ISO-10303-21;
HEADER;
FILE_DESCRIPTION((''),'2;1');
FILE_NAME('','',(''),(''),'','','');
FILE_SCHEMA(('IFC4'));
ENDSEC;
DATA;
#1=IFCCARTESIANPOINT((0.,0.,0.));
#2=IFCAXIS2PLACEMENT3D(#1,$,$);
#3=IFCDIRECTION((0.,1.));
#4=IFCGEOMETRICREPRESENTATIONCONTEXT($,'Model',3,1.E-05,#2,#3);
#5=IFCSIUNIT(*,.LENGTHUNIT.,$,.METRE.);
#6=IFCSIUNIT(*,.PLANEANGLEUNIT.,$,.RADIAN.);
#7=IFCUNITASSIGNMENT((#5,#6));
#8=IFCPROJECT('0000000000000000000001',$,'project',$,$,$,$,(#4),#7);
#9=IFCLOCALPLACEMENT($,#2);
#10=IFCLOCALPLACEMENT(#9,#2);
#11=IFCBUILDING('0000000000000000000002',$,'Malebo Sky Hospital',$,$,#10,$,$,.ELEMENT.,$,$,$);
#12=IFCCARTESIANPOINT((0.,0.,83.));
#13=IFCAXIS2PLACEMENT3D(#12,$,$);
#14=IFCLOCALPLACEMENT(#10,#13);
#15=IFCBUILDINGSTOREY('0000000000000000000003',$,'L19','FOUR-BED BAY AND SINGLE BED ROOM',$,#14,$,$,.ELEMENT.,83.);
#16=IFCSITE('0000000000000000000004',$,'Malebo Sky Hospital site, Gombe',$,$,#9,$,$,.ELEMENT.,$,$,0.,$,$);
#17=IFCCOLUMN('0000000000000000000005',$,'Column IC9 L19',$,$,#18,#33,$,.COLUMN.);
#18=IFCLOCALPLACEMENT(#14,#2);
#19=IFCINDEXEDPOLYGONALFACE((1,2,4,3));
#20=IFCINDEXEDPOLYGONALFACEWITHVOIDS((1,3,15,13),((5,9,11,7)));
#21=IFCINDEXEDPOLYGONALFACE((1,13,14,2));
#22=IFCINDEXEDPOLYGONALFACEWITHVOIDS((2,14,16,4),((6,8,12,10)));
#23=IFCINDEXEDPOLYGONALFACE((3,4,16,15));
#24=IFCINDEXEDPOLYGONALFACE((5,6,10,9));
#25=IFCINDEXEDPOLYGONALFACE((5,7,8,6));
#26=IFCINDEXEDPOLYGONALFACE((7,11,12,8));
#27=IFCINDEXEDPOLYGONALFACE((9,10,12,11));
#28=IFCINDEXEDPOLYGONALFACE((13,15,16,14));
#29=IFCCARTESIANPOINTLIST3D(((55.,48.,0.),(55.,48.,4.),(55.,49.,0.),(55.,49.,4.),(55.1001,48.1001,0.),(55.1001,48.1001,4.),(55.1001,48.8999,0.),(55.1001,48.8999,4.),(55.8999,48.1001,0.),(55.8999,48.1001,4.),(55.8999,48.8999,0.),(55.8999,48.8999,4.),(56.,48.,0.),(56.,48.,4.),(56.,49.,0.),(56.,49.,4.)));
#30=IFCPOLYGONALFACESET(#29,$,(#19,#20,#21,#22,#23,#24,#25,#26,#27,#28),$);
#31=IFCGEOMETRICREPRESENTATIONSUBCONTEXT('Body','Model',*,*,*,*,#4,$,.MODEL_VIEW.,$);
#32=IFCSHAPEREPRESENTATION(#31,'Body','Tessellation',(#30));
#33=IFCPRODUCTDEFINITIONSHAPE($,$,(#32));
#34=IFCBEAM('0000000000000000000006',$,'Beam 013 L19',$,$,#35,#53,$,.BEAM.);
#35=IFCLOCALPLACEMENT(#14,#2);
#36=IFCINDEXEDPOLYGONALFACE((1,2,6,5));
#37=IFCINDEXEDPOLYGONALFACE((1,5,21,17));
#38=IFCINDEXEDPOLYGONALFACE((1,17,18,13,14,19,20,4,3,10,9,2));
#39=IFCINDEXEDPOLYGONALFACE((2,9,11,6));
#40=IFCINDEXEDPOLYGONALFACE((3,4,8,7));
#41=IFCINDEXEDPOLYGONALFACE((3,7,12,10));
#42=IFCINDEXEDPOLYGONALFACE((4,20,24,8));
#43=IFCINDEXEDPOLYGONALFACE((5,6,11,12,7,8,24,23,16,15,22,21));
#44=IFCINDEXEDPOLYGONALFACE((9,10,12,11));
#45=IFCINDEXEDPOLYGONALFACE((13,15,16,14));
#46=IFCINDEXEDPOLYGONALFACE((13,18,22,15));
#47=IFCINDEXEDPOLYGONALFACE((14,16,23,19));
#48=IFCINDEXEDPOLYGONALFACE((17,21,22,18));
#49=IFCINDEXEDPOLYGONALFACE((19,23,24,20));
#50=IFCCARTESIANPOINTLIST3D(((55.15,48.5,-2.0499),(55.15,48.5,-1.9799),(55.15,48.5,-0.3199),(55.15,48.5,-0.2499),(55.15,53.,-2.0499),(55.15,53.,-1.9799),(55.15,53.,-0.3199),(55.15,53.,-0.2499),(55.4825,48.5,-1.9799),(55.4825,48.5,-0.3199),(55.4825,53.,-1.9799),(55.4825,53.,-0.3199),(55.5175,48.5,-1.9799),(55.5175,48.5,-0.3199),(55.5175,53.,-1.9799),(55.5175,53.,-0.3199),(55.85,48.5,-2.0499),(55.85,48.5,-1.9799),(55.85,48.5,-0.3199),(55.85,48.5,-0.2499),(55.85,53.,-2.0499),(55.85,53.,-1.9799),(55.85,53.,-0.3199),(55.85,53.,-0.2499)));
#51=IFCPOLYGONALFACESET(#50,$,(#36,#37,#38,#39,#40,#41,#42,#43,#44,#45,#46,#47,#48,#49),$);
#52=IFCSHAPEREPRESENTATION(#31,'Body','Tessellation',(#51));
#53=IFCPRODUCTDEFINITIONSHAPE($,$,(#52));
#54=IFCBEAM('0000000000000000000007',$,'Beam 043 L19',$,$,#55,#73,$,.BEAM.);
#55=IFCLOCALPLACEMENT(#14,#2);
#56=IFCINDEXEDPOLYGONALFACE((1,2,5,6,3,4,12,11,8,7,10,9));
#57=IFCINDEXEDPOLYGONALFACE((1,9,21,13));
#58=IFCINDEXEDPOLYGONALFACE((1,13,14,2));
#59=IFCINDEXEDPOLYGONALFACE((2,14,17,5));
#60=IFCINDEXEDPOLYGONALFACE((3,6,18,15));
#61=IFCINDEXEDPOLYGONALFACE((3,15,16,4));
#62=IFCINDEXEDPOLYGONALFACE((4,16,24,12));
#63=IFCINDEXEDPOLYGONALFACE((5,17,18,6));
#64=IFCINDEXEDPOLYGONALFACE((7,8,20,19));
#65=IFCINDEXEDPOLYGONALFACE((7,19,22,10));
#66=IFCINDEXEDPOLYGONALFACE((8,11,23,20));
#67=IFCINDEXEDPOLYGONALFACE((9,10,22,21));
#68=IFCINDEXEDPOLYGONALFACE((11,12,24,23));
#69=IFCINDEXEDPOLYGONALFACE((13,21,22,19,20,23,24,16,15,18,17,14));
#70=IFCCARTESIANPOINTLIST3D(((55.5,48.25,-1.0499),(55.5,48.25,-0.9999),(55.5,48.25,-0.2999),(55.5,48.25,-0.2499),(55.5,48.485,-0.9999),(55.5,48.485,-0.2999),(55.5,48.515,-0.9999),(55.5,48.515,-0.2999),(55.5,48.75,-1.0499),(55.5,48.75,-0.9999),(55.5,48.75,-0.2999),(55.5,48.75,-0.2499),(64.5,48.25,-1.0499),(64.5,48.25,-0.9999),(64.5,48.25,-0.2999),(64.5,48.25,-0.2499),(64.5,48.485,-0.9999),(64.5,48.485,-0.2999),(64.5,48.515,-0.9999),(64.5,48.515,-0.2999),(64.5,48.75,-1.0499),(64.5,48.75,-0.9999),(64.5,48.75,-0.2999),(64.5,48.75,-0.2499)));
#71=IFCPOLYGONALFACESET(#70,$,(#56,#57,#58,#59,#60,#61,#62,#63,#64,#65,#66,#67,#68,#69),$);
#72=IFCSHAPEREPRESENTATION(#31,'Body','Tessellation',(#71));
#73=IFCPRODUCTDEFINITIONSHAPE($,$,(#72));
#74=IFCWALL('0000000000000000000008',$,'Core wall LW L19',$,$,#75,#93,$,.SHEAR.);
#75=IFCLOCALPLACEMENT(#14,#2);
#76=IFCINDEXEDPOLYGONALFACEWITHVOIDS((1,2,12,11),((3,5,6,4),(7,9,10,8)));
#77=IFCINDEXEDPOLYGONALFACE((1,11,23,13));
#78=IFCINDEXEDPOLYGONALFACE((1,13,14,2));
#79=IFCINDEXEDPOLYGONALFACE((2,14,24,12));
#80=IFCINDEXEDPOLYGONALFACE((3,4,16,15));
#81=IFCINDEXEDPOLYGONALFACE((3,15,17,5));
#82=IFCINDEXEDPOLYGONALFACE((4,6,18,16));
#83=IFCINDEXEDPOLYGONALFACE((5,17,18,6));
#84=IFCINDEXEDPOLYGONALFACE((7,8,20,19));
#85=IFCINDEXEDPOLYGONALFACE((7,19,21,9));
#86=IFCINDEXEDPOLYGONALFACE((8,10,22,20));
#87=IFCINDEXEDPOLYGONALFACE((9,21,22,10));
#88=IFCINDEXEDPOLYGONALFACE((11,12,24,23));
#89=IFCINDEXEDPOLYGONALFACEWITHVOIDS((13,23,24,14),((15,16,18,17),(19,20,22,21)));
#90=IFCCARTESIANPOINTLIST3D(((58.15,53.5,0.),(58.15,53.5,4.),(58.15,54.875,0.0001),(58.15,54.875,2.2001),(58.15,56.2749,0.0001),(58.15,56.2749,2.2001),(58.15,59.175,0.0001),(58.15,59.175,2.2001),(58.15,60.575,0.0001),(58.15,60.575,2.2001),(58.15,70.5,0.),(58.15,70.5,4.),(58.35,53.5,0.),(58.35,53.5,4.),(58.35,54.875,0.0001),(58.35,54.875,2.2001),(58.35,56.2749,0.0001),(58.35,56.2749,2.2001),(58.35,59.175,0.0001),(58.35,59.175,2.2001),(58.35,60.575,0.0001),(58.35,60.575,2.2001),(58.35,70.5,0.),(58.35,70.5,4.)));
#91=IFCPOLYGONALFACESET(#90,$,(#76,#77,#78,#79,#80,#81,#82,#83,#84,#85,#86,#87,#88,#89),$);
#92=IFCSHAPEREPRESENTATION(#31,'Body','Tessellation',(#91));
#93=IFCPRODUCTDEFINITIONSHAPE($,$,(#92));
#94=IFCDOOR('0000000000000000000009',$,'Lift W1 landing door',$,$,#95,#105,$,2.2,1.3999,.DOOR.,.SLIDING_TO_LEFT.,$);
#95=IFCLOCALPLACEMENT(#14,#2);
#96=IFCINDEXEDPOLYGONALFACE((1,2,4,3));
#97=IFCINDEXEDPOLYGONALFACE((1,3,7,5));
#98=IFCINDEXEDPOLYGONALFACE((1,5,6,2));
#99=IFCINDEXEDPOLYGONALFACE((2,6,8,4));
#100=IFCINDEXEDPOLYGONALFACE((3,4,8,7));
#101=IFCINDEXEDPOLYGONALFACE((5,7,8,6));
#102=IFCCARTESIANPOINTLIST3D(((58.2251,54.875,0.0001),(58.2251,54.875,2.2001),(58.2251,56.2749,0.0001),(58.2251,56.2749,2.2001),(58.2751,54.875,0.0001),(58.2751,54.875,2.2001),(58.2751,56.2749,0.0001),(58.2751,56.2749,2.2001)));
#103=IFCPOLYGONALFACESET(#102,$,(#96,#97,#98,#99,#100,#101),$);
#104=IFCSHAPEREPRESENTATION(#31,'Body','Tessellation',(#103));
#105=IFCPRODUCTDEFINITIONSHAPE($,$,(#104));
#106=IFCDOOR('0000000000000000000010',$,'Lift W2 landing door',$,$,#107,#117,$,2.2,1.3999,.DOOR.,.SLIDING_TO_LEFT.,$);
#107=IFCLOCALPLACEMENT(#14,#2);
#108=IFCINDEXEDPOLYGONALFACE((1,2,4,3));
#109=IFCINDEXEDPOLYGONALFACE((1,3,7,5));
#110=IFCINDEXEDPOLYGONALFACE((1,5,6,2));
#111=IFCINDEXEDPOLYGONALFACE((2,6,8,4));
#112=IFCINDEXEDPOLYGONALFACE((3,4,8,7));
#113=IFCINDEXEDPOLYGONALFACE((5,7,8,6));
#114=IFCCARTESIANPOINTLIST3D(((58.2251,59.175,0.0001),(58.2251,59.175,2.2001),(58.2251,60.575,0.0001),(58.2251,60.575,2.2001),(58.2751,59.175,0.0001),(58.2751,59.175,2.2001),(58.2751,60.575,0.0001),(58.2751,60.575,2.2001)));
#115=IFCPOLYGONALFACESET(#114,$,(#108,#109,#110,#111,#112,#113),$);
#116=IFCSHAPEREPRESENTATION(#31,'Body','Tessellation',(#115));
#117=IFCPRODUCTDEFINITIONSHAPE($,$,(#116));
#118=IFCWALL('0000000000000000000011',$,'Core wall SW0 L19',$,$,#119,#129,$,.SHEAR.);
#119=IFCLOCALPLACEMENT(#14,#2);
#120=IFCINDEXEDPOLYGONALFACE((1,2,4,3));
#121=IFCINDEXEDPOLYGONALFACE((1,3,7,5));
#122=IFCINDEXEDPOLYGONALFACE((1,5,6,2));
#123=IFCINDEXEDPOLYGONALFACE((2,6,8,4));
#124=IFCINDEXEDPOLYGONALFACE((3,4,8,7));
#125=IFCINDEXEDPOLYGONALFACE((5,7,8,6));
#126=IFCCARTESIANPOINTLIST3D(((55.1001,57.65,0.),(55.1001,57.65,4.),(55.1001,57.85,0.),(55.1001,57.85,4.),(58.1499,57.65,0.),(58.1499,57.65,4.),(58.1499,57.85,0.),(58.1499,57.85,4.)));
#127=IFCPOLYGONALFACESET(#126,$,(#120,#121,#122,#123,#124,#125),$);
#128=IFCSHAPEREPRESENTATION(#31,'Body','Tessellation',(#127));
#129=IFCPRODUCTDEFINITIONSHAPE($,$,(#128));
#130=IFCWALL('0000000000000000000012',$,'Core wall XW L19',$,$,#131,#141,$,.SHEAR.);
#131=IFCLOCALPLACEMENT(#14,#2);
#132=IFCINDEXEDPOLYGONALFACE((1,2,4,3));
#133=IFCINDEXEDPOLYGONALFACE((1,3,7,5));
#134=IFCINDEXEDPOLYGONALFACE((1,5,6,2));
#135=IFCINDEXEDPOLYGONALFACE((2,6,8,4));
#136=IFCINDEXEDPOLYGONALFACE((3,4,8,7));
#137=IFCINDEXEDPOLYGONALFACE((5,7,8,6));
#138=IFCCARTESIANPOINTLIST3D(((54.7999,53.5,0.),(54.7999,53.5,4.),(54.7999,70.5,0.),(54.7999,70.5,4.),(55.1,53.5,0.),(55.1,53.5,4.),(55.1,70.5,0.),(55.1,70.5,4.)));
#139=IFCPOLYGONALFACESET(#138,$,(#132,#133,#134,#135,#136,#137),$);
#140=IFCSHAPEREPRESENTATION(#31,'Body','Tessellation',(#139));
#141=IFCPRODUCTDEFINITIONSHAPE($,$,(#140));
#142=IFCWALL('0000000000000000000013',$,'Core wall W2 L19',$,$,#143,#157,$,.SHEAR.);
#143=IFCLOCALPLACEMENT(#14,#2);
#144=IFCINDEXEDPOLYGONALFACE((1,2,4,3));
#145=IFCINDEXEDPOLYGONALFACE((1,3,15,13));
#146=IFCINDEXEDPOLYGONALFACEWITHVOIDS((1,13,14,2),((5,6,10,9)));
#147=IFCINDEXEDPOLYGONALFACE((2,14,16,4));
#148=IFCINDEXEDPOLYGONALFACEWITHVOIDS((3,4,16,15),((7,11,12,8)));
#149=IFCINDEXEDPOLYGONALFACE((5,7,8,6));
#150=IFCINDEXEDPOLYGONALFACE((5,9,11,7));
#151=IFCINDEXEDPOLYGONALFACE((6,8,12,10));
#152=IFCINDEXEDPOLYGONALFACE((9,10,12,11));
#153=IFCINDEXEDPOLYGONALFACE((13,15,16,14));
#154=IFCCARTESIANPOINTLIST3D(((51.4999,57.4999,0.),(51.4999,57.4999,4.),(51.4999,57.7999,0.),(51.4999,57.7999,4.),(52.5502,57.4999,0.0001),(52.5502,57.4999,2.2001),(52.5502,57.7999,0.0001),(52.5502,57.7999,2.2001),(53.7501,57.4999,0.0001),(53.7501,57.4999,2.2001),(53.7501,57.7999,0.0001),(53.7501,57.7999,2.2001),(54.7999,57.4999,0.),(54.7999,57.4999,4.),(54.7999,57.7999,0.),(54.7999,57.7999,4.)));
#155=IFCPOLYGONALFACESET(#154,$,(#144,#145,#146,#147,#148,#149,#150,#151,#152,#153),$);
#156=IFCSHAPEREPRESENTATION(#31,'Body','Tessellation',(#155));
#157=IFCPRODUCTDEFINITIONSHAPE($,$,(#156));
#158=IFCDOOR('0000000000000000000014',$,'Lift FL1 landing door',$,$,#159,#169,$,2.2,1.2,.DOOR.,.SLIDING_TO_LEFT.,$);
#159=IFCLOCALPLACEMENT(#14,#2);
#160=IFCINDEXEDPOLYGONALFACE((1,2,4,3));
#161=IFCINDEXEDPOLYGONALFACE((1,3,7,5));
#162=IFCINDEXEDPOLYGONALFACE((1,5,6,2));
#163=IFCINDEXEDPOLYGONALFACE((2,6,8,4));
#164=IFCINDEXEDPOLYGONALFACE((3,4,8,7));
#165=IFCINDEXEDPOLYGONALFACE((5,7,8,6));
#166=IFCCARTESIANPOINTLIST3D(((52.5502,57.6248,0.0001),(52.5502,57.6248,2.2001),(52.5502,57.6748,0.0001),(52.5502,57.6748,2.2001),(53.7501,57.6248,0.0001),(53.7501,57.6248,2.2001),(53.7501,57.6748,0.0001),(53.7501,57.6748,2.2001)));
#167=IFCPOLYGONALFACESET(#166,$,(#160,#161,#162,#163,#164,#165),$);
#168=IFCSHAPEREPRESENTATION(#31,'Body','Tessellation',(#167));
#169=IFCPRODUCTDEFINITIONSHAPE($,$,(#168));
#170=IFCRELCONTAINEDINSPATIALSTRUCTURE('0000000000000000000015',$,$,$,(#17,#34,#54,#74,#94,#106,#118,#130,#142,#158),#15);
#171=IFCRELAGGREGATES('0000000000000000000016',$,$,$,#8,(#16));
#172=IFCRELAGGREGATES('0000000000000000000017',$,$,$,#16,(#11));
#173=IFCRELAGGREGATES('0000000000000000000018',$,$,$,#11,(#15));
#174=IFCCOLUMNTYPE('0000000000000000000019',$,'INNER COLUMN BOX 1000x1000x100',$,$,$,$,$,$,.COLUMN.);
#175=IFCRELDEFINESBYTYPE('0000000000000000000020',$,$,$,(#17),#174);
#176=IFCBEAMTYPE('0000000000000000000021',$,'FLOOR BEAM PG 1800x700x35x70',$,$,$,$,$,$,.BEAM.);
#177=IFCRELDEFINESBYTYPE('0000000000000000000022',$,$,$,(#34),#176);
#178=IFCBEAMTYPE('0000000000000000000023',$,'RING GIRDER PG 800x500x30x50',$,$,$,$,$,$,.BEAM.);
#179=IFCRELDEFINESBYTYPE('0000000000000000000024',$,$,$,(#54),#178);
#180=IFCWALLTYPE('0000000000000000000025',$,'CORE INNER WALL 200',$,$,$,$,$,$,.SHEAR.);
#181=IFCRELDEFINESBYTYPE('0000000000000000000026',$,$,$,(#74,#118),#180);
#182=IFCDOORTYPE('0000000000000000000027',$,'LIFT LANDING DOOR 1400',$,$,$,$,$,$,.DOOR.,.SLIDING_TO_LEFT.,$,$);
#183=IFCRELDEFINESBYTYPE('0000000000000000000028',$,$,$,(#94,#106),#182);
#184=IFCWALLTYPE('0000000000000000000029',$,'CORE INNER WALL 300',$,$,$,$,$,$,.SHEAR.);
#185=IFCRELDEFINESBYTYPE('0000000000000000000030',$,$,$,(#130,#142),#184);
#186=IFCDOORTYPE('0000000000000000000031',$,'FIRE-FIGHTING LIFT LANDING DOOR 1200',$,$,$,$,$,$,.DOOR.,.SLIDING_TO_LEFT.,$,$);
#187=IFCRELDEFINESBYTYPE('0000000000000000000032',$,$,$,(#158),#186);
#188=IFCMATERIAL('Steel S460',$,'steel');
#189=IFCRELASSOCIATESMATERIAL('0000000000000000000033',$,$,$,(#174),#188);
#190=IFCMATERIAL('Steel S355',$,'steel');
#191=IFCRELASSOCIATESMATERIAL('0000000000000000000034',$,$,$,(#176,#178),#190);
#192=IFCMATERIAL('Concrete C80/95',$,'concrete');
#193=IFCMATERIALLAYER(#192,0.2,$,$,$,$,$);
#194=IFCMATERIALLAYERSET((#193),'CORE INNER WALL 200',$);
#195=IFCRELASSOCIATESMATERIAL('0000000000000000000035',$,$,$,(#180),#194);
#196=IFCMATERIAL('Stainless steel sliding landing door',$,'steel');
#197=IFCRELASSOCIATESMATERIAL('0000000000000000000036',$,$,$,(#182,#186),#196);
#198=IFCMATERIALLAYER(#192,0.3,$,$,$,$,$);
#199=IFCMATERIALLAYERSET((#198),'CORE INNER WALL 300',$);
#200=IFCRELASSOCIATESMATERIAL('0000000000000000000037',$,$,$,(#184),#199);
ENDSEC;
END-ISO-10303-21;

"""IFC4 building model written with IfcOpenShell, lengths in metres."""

from ifc_helpers import new_model, si_unit, direction, frame, frame_2d, origin, origin_2d, place, context, subcontext, project, spatial, rectangle, hollow_rectangle, i_section, extrude, material, layer, layer_set, material_profile, profile_set, type_object, element, fill, save


model = new_model("IFC4")

# Units and contexts
model_context = context("Model", 3, precision=1e-05, world=origin(), true_north=direction((0.0, 1.0)))
body_context = subcontext(model_context, "Body", "Model", "MODEL_VIEW")
ifc_project = project(units=[si_unit("LENGTHUNIT", "METRE"), si_unit("PLANEANGLEUNIT", "RADIAN")], contexts=[model_context])

# Site, building, storey
site_placement = place(None, origin())
site = spatial("IfcSite", under=ifc_project, at=site_placement, Name="Malebo Sky Hospital site, Gombe", CompositionType="ELEMENT", RefElevation=0.0)
building_placement = place(site_placement, origin())
building = spatial("IfcBuilding", under=site, at=building_placement, Name="Malebo Sky Hospital", CompositionType="ELEMENT")
storey_placement = place(building_placement, frame((0.0, 0.0, 83.0)))
storey = spatial("IfcBuildingStorey", under=building, at=storey_placement, Name="L19", Description="FOUR-BED BAY AND SINGLE BED ROOM", CompositionType="ELEMENT", Elevation=83.0)

# Column
ifc_material_1 = material(Name="Steel S460", Category="steel")
ifc_material_profile_1 = material_profile(ifc_material_1, hollow_rectangle(XDim=1.0, YDim=1.0, WallThickness=0.1001, at=origin_2d()), Name="BOX 1000x1000x100")
ifc_profile_set_1 = profile_set([ifc_material_profile_1], Name="Steel S460")
column_type = type_object("IfcColumnType", Name="INNER COLUMN BOX 1000x1000x100", PredefinedType="COLUMN", material=ifc_profile_set_1)
column_placement = place(storey_placement, frame((55.5, 48.5, 0.0), z_axis=(0.0, 0.0, 1.0), x_axis=(1.0, 0.0, 0.0)))
element("IfcColumn", 1, at=column_placement, inside=storey, type_object=column_type, Name="Column IC9 L19", PredefinedType="COLUMN", context=body_context, shape_type="SweptSolid", body=[
    extrude(hollow_rectangle(XDim=1.0, YDim=1.0, WallThickness=0.1001, at=origin_2d()), origin(), (0.0, 0.0, 1.0), 4.0),
])

# Beams
ifc_material_2 = material(Name="Steel S355", Category="steel")
ifc_material_profile_2 = material_profile(ifc_material_2, i_section(OverallWidth=0.7, OverallDepth=1.8, WebThickness=0.0349, FlangeThickness=0.0701, at=origin_2d()), Name="PG 1800x700x35x70")
ifc_profile_set_2 = profile_set([ifc_material_profile_2], Name="Steel S355")
beam_type_1 = type_object("IfcBeamType", Name="FLOOR BEAM PG 1800x700x35x70", PredefinedType="BEAM", material=ifc_profile_set_2)
beam_1_placement = place(storey_placement, frame((55.5, 48.5, -1.1499), z_axis=(0.0, 1.0, 0.0), x_axis=(-1.0, 0.0, 0.0)))
element("IfcBeam", 2, at=beam_1_placement, inside=storey, type_object=beam_type_1, Name="Beam 013 L19", PredefinedType="BEAM", context=body_context, shape_type="SweptSolid", body=[
    extrude(i_section(OverallWidth=0.7, OverallDepth=1.8, WebThickness=0.0349, FlangeThickness=0.0701, at=origin_2d()), origin(), (0.0, 0.0, 1.0), 4.5),
])
ifc_material_profile_3 = material_profile(ifc_material_2, i_section(OverallWidth=0.5, OverallDepth=0.8, WebThickness=0.03, FlangeThickness=0.05, at=origin_2d()), Name="PG 800x500x30x50")
ifc_profile_set_3 = profile_set([ifc_material_profile_3], Name="Steel S355")
beam_type_2 = type_object("IfcBeamType", Name="RING GIRDER PG 800x500x30x50", PredefinedType="BEAM", material=ifc_profile_set_3)
beam_2_placement = place(storey_placement, frame((55.5, 48.5, -0.6499), z_axis=(1.0, 0.0, 0.0), x_axis=(0.0, 1.0, 0.0)))
element("IfcBeam", 3, at=beam_2_placement, inside=storey, type_object=beam_type_2, Name="Beam 043 L19", PredefinedType="BEAM", context=body_context, shape_type="SweptSolid", body=[
    extrude(i_section(OverallWidth=0.5, OverallDepth=0.8, WebThickness=0.03, FlangeThickness=0.05, at=origin_2d()), origin(), (0.0, 0.0, 1.0), 9.0),
])

# Wall, openings, doors
ifc_material_3 = material(Name="Concrete C80/95", Category="concrete")
ifc_layer_1 = layer(ifc_material_3, 0.2)
ifc_layer_set_1 = layer_set([ifc_layer_1], Name="CORE INNER WALL 200")
wall_type_1 = type_object("IfcWallType", Name="CORE INNER WALL 200", PredefinedType="SHEAR", material=ifc_layer_set_1)
wall_1_placement = place(storey_placement, frame((58.25, 53.5, 0.0), z_axis=(0.0, 0.0, 1.0), x_axis=(0.0, 1.0, 0.0)))
wall_1 = element("IfcWall", 4, at=wall_1_placement, inside=storey, type_object=wall_type_1, Name="Core wall LW L19", PredefinedType="SHEAR", context=body_context, shape_type="SweptSolid", body=[
    extrude(rectangle(XDim=17.0, YDim=0.2, at=frame_2d((8.5, 0.0))), origin(), (0.0, 0.0, 1.0), 4.0),
])
opening_1_placement = place(wall_1_placement, frame((1.375, 0.0, 0.0)))
opening_1 = element("IfcOpeningElement", 5, at=opening_1_placement, cuts=wall_1, PredefinedType="OPENING", context=body_context, shape_type="SweptSolid", body=[
    extrude(rectangle(XDim=1.3999, YDim=2.2, at=frame_2d((0.7, 1.1001))), frame((0.0, 0.1099, 0.0), z_axis=(0.0, -1.0, 0.0), x_axis=(1.0, 0.0, 0.0)), (0.0, 0.0, 1.0), 0.22),
])
opening_2_placement = place(wall_1_placement, frame((5.675, 0.0, 0.0)))
opening_2 = element("IfcOpeningElement", 6, at=opening_2_placement, cuts=wall_1, PredefinedType="OPENING", context=body_context, shape_type="SweptSolid", body=[
    extrude(rectangle(XDim=1.3999, YDim=2.2, at=frame_2d((0.7, 1.1001))), frame((0.0, 0.1099, 0.0), z_axis=(0.0, -1.0, 0.0), x_axis=(1.0, 0.0, 0.0)), (0.0, 0.0, 1.0), 0.22),
])
ifc_material_4 = material(Name="Stainless steel sliding landing door", Category="steel")
door_type_1 = type_object("IfcDoorType", Name="LIFT LANDING DOOR 1400", OperationType="SLIDING_TO_LEFT", PredefinedType="DOOR", material=ifc_material_4)
door_1_placement = place(opening_1_placement, origin())
door_1 = element("IfcDoor", 7, at=door_1_placement, inside=storey, type_object=door_type_1, Name="Lift W1 landing door", OperationType="SLIDING_TO_LEFT", OverallHeight=2.2, OverallWidth=1.3999, PredefinedType="DOOR", context=body_context, shape_type="SweptSolid", body=[
    extrude(rectangle(XDim=1.3999, YDim=2.2, at=frame_2d((0.7, 1.1001))), frame((0.0, 0.0249, 0.0), z_axis=(0.0, -1.0, 0.0), x_axis=(1.0, 0.0, 0.0)), (0.0, 0.0, 1.0), 0.05),
])
fill(opening_1, door_1)
door_2_placement = place(opening_2_placement, origin())
door_2 = element("IfcDoor", 8, at=door_2_placement, inside=storey, type_object=door_type_1, Name="Lift W2 landing door", OperationType="SLIDING_TO_LEFT", OverallHeight=2.2, OverallWidth=1.3999, PredefinedType="DOOR", context=body_context, shape_type="SweptSolid", body=[
    extrude(rectangle(XDim=1.3999, YDim=2.2, at=frame_2d((0.7, 1.1001))), frame((0.0, 0.0249, 0.0), z_axis=(0.0, -1.0, 0.0), x_axis=(1.0, 0.0, 0.0)), (0.0, 0.0, 1.0), 0.05),
])
fill(opening_2, door_2)

# Walls
wall_2_placement = place(storey_placement, frame((55.1001, 57.75, 0.0), z_axis=(0.0, 0.0, 1.0), x_axis=(1.0, 0.0, 0.0)))
element("IfcWall", 9, at=wall_2_placement, inside=storey, type_object=wall_type_1, Name="Core wall SW0 L19", PredefinedType="SHEAR", context=body_context, shape_type="SweptSolid", body=[
    extrude(rectangle(XDim=3.0498, YDim=0.2, at=frame_2d((1.5249, 0.0))), origin(), (0.0, 0.0, 1.0), 4.0),
])
ifc_layer_2 = layer(ifc_material_3, 0.3)
ifc_layer_set_2 = layer_set([ifc_layer_2], Name="CORE INNER WALL 300")
wall_type_2 = type_object("IfcWallType", Name="CORE INNER WALL 300", PredefinedType="SHEAR", material=ifc_layer_set_2)
wall_3_placement = place(storey_placement, frame((54.95, 53.5, 0.0), z_axis=(0.0, 0.0, 1.0), x_axis=(0.0, 1.0, 0.0)))
element("IfcWall", 10, at=wall_3_placement, inside=storey, type_object=wall_type_2, Name="Core wall XW L19", PredefinedType="SHEAR", context=body_context, shape_type="SweptSolid", body=[
    extrude(rectangle(XDim=17.0, YDim=0.3, at=frame_2d((8.5, 0.0))), origin(), (0.0, 0.0, 1.0), 4.0),
])

# Wall, opening, door
wall_4_placement = place(storey_placement, frame((51.5, 57.6499, 0.0), z_axis=(0.0, 0.0, 1.0), x_axis=(1.0, 0.0, 0.0)))
wall_4 = element("IfcWall", 11, at=wall_4_placement, inside=storey, type_object=wall_type_2, Name="Core wall W2 L19", PredefinedType="SHEAR", context=body_context, shape_type="SweptSolid", body=[
    extrude(rectangle(XDim=3.3, YDim=0.3, at=frame_2d((1.6499, 0.0))), origin(), (0.0, 0.0, 1.0), 4.0),
])
opening_3_placement = place(wall_4_placement, frame((1.05, 0.0, 0.0)))
opening_3 = element("IfcOpeningElement", 12, at=opening_3_placement, cuts=wall_4, PredefinedType="OPENING", context=body_context, shape_type="SweptSolid", body=[
    extrude(rectangle(XDim=1.2, YDim=2.2, at=frame_2d((0.6001, 1.1001))), frame((0.0, 0.1599, 0.0), z_axis=(0.0, -1.0, 0.0), x_axis=(1.0, 0.0, 0.0)), (0.0, 0.0, 1.0), 0.3201),
])
door_type_2 = type_object("IfcDoorType", Name="FIRE-FIGHTING LIFT LANDING DOOR 1200", OperationType="SLIDING_TO_LEFT", PredefinedType="DOOR", material=ifc_material_4)
door_3_placement = place(opening_3_placement, origin())
door_3 = element("IfcDoor", 13, at=door_3_placement, inside=storey, type_object=door_type_2, Name="Lift FL1 landing door", OperationType="SLIDING_TO_LEFT", OverallHeight=2.2, OverallWidth=1.2, PredefinedType="DOOR", context=body_context, shape_type="SweptSolid", body=[
    extrude(rectangle(XDim=1.2, YDim=2.2, at=frame_2d((0.6001, 1.1001))), frame((0.0, 0.0249, 0.0), z_axis=(0.0, -1.0, 0.0), x_axis=(1.0, 0.0, 0.0)), (0.0, 0.0, 1.0), 0.05),
])
fill(opening_3, door_3)

save(model, "model.ifc")
